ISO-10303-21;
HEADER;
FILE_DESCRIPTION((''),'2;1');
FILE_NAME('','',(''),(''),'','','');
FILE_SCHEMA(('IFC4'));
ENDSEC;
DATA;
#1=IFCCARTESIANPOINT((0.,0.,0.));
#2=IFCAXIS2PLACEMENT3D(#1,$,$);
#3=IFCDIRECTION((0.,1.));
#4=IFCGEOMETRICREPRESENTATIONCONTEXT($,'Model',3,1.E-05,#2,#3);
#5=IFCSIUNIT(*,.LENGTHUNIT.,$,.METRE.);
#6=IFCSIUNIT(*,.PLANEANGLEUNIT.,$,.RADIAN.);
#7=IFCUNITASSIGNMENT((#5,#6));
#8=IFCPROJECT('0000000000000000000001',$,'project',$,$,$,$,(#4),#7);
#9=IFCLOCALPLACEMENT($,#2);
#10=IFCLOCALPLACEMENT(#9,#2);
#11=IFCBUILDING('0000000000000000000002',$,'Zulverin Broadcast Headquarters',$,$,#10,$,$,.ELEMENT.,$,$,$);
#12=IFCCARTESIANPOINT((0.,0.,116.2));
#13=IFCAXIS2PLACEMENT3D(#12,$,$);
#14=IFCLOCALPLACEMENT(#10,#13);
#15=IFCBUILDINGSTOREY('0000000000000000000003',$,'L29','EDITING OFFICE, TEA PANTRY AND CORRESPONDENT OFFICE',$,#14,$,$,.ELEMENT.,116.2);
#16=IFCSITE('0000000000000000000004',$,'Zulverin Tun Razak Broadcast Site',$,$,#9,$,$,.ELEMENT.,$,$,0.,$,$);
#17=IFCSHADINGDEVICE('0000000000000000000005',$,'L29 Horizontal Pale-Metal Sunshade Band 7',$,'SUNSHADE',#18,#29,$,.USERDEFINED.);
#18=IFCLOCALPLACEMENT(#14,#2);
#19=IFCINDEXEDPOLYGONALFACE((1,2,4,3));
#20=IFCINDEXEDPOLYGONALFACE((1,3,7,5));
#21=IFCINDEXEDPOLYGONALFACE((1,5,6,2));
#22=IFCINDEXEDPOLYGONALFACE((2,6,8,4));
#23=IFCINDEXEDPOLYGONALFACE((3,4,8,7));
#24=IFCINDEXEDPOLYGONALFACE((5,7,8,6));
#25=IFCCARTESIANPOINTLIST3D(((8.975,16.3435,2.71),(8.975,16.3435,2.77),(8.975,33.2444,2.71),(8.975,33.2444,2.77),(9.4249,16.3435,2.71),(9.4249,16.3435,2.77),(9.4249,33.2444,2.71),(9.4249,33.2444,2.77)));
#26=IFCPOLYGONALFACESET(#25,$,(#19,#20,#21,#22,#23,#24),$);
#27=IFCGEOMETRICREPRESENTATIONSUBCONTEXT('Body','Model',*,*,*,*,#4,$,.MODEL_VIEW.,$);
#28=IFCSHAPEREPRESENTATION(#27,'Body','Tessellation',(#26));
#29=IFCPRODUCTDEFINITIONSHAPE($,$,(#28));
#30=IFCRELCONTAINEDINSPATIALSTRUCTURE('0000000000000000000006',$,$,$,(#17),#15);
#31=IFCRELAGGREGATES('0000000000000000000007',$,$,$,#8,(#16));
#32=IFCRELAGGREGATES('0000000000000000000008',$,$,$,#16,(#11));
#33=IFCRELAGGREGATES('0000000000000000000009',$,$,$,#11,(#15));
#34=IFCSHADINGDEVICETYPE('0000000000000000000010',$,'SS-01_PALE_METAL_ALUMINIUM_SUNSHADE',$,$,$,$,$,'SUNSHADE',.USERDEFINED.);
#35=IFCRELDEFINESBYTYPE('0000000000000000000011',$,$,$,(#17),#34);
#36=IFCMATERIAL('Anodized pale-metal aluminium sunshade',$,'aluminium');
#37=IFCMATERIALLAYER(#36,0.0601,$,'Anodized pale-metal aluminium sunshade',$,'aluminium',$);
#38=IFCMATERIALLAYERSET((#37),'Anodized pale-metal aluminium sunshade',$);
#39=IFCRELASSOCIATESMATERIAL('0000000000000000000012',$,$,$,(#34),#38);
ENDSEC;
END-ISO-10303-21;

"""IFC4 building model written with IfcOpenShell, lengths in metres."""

from ifc_helpers import new_model, si_unit, direction, frame, origin, origin_2d, place, context, subcontext, project, spatial, rectangle, extrude, material, layer, layer_set, type_object, element, save


model = new_model("IFC4")

# Units and contexts
model_context = context("Model", 3, precision=1e-05, world=origin(), true_north=direction((0.0, 1.0)))
body_context = subcontext(model_context, "Body", "Model", "MODEL_VIEW")
ifc_project = project(units=[si_unit("LENGTHUNIT", "METRE"), si_unit("PLANEANGLEUNIT", "RADIAN")], contexts=[model_context])

# Site, building, storey
site_placement = place(None, origin())
site = spatial("IfcSite", under=ifc_project, at=site_placement, Name="Zulverin Tun Razak Broadcast Site", CompositionType="ELEMENT", RefElevation=0.0)
building_placement = place(site_placement, origin())
building = spatial("IfcBuilding", under=site, at=building_placement, Name="Zulverin Broadcast Headquarters", CompositionType="ELEMENT")
storey_placement = place(building_placement, frame((0.0, 0.0, 116.2)))
storey = spatial("IfcBuildingStorey", under=building, at=storey_placement, Name="L29", Description="EDITING OFFICE, TEA PANTRY AND CORRESPONDENT OFFICE", CompositionType="ELEMENT", Elevation=116.2)

# Shading device
ifc_material_1 = material(Name="Anodized pale-metal aluminium sunshade", Category="aluminium")
ifc_layer_1 = layer(ifc_material_1, 0.0601, Name="Anodized pale-metal aluminium sunshade", Category="aluminium")
ifc_layer_set_1 = layer_set([ifc_layer_1], Name="Anodized pale-metal aluminium sunshade")
shading_device_type = type_object("IfcShadingDeviceType", Name="SS-01_PALE_METAL_ALUMINIUM_SUNSHADE", ElementType="SUNSHADE", PredefinedType="USERDEFINED", material=ifc_layer_set_1)
shading_device_placement = place(storey_placement, frame((9.2, 24.7939, 2.71), z_axis=(0.0, 0.0, 1.0), x_axis=(0.0, -1.0, 0.0)))
element("IfcShadingDevice", 1, at=shading_device_placement, inside=storey, type_object=shading_device_type, Name="L29 Horizontal Pale-Metal Sunshade Band 7", ObjectType="SUNSHADE", PredefinedType="USERDEFINED", context=body_context, shape_type="SweptSolid", body=[
    extrude(rectangle(XDim=16.9009, YDim=0.45, at=origin_2d()), origin(), (0.0, 0.0, 1.0), 0.0601),
])

save(model, "model.ifc")
